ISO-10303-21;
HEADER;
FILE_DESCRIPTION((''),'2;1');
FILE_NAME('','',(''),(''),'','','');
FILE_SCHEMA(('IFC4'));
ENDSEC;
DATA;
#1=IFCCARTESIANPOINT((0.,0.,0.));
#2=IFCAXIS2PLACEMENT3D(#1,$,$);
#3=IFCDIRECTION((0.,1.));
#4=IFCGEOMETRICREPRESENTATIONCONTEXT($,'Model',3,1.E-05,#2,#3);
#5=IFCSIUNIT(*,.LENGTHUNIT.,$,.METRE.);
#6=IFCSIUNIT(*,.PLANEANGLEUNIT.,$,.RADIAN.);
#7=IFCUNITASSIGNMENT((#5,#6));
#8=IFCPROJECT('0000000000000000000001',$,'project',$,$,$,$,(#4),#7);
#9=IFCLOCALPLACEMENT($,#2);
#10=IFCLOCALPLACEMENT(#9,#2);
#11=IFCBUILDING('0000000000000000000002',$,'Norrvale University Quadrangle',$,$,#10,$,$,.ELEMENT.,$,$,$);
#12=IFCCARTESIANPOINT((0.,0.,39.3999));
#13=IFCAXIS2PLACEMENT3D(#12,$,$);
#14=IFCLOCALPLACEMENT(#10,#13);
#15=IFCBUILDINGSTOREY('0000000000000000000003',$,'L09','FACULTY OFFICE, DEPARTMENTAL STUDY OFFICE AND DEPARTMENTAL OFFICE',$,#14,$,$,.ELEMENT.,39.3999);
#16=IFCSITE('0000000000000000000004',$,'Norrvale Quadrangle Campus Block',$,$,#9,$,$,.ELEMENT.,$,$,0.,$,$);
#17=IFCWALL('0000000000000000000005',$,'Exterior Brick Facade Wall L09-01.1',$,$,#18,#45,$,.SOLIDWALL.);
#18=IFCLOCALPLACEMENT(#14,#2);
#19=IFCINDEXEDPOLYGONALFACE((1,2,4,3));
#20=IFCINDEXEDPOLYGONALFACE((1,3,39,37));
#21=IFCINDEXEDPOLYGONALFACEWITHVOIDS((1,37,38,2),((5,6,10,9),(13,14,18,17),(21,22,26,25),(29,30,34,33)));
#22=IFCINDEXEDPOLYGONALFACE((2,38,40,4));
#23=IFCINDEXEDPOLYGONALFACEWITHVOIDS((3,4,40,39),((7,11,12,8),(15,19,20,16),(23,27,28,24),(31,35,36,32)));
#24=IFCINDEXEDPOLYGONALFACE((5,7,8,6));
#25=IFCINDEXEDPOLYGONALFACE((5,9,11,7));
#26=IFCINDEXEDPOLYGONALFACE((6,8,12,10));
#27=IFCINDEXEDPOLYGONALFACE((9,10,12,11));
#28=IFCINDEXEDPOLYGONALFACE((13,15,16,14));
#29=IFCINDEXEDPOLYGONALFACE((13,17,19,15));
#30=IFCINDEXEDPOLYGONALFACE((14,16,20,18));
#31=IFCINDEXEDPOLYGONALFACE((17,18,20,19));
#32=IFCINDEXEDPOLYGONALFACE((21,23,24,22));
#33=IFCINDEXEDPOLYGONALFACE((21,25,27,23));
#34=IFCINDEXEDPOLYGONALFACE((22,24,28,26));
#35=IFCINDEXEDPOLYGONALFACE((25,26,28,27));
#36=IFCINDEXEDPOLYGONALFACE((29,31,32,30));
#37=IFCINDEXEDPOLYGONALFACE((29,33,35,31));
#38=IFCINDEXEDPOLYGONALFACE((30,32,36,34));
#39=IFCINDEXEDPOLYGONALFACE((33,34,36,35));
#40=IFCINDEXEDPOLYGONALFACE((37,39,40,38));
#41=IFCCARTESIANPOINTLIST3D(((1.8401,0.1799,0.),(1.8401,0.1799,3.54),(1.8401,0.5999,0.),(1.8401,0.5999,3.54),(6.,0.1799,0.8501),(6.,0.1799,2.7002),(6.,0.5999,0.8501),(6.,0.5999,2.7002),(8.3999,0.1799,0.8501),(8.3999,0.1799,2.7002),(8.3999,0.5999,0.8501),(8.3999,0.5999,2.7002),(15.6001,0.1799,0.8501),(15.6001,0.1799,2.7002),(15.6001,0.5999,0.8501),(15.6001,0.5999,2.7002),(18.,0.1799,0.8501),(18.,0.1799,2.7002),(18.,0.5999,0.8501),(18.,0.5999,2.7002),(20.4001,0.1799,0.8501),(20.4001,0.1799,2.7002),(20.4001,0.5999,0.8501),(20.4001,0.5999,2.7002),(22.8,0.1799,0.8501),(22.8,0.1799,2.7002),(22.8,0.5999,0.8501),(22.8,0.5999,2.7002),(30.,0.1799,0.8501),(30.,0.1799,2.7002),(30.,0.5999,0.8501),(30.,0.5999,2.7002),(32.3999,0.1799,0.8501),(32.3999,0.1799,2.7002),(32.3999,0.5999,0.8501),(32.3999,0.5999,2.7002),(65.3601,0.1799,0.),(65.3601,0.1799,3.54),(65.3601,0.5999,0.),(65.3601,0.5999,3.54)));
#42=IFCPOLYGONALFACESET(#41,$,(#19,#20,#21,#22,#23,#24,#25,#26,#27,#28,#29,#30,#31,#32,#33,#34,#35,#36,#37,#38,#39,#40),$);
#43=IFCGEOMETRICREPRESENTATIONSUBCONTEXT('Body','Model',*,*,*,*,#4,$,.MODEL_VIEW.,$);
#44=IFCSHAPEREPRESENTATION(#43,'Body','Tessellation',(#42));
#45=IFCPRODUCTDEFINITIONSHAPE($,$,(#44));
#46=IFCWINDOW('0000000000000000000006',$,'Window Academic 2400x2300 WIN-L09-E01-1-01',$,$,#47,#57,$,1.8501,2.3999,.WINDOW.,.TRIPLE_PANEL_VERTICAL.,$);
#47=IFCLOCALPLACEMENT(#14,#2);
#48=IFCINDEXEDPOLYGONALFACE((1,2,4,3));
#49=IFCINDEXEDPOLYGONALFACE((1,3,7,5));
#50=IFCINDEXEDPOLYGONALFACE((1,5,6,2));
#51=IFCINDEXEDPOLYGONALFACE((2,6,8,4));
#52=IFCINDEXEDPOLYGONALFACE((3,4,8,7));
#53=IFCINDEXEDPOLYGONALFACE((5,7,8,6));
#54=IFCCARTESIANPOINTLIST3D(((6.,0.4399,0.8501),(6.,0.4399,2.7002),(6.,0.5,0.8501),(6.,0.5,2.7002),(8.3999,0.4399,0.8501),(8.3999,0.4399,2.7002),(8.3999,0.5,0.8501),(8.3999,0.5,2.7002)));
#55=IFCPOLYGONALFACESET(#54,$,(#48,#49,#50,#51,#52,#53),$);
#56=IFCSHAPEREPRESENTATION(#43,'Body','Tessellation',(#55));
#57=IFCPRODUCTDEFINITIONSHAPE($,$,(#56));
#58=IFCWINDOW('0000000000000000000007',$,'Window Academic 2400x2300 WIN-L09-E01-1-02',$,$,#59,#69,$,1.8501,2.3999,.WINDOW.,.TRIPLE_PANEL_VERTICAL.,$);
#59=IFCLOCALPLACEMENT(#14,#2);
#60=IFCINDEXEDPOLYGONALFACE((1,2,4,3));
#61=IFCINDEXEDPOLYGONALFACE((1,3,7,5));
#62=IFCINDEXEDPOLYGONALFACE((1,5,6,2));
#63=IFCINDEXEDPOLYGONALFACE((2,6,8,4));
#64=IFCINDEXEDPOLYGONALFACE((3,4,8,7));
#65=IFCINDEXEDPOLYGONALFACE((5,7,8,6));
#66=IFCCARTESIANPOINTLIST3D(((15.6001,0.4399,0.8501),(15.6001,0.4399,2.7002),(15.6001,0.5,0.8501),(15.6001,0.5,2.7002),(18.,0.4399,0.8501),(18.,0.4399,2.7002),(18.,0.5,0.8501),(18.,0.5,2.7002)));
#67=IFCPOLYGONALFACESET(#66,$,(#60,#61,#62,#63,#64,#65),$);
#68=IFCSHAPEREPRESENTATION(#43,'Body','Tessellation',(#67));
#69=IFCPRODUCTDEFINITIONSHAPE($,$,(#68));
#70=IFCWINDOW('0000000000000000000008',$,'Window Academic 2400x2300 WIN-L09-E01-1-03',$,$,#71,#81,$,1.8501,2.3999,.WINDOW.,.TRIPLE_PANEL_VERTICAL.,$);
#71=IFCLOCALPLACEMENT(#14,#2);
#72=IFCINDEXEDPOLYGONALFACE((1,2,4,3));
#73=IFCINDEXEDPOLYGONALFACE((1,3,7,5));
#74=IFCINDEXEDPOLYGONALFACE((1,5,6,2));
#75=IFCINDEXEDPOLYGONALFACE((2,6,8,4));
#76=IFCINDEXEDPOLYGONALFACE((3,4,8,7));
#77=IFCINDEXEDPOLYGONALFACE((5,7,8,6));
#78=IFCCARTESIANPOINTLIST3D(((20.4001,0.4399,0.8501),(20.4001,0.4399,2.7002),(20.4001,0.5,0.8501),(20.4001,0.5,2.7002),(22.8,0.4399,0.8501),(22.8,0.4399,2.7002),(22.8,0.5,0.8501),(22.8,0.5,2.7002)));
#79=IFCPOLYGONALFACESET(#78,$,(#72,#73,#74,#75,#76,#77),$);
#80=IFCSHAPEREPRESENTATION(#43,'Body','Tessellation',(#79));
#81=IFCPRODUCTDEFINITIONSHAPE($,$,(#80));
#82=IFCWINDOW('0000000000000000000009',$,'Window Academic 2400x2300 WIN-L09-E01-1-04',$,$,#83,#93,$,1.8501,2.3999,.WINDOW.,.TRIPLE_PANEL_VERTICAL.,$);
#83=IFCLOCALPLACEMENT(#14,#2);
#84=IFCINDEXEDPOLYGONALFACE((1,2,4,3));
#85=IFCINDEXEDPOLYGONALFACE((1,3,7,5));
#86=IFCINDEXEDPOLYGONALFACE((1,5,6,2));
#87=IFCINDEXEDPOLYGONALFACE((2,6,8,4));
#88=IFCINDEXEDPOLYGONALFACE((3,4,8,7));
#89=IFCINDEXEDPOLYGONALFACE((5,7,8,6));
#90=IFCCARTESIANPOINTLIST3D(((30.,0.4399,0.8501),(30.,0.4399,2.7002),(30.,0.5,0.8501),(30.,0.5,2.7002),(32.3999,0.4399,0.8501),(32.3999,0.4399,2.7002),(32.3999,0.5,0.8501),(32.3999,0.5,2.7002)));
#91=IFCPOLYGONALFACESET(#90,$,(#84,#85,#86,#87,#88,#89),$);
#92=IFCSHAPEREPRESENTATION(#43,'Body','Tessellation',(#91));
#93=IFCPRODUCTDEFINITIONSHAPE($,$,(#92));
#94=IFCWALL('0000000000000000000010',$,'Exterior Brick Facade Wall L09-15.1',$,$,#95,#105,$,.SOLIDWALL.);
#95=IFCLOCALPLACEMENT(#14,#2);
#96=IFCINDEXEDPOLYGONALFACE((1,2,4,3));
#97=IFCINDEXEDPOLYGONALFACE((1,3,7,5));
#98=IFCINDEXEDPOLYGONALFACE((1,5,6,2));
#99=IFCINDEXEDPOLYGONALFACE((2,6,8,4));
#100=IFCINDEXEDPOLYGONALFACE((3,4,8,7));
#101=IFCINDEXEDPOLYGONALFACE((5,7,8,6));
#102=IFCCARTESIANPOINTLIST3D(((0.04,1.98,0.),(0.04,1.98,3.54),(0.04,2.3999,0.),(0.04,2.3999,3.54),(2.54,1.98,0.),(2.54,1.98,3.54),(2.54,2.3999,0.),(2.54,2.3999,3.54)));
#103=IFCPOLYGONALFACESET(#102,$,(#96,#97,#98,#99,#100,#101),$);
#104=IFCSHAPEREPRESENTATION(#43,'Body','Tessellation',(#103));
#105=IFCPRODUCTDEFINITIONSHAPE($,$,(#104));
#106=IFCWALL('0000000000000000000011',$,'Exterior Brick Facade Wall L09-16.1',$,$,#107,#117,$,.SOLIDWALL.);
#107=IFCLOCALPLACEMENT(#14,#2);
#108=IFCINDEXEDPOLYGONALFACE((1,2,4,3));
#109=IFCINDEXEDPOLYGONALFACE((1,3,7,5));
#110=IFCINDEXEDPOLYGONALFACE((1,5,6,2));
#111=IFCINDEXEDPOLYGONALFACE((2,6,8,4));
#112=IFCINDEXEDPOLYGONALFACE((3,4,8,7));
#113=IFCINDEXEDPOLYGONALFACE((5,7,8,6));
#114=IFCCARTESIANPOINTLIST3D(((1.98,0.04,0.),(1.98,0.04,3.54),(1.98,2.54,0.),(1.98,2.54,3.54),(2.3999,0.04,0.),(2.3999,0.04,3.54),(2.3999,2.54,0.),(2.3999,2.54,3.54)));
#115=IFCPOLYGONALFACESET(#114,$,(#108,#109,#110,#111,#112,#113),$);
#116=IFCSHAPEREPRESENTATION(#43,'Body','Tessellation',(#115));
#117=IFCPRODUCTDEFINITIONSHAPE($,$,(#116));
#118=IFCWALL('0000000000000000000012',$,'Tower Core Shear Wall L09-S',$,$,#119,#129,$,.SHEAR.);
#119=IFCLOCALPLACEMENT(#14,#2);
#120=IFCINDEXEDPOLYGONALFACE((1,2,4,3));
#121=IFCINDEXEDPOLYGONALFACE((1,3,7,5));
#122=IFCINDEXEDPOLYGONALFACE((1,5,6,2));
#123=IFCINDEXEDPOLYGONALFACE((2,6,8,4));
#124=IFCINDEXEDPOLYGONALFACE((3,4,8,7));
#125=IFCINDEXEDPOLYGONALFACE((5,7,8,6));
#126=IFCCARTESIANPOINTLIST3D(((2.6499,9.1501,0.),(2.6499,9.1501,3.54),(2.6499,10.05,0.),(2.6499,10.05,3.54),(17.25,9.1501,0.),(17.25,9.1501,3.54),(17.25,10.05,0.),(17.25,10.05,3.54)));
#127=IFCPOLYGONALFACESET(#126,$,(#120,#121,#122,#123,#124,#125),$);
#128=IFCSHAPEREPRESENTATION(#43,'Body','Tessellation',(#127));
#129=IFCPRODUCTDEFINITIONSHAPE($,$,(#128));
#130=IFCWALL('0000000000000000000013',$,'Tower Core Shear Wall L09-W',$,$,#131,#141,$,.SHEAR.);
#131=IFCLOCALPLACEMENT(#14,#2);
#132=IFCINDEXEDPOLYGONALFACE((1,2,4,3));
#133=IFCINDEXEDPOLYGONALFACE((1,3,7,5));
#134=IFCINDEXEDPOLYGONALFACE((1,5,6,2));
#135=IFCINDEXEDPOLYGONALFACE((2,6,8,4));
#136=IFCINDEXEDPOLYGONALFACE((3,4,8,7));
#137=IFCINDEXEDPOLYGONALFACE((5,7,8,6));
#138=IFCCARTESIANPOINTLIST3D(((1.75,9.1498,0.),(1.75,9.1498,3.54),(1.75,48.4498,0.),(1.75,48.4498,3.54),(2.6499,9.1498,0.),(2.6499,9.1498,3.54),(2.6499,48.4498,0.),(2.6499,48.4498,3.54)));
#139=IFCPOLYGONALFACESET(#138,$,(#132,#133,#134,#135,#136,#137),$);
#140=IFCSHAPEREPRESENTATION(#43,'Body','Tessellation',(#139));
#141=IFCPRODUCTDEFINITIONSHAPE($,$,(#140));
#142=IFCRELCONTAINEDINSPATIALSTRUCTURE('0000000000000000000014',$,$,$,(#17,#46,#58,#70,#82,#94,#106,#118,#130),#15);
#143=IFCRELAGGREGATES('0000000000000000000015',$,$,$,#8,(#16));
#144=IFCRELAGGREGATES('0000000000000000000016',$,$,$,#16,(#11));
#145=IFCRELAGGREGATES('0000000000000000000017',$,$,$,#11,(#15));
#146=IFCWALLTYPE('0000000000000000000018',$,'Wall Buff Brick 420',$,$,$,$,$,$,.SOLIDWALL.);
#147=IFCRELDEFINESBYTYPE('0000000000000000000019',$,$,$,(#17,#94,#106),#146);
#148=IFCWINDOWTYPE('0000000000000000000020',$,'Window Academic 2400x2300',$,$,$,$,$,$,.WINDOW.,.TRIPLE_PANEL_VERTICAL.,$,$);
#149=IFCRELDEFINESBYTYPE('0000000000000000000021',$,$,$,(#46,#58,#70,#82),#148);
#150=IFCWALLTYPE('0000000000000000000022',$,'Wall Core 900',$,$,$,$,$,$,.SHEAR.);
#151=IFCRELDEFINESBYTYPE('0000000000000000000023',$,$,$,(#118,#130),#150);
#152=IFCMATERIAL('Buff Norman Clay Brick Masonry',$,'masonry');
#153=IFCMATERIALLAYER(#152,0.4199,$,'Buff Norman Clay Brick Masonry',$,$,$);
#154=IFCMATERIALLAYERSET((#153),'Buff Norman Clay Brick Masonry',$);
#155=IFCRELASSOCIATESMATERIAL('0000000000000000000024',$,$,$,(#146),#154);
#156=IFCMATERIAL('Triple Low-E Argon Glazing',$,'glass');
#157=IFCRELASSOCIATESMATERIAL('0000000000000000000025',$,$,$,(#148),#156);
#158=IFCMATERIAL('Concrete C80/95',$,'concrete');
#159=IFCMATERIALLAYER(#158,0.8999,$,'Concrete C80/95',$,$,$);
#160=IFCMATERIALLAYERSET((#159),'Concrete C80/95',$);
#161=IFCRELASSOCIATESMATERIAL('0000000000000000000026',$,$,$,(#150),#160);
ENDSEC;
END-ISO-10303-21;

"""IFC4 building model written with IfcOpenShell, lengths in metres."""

from ifc_helpers import new_model, si_unit, direction, frame, frame_2d, origin, place, context, subcontext, project, spatial, rectangle, extrude, material, layer, layer_set, type_object, element, fill, save


model = new_model("IFC4")

# Units and contexts
model_context = context("Model", 3, precision=1e-05, world=origin(), true_north=direction((0.0, 1.0)))
body_context = subcontext(model_context, "Body", "Model", "MODEL_VIEW")
ifc_project = project(units=[si_unit("LENGTHUNIT", "METRE"), si_unit("PLANEANGLEUNIT", "RADIAN")], contexts=[model_context])

# Site, building, storey
site_placement = place(None, origin())
site = spatial("IfcSite", under=ifc_project, at=site_placement, Name="Norrvale Quadrangle Campus Block", CompositionType="ELEMENT", RefElevation=0.0)
building_placement = place(site_placement, origin())
building = spatial("IfcBuilding", under=site, at=building_placement, Name="Norrvale University Quadrangle", CompositionType="ELEMENT")
storey_placement = place(building_placement, frame((0.0, 0.0, 39.3999)))
storey = spatial("IfcBuildingStorey", under=building, at=storey_placement, Name="L09", Description="FACULTY OFFICE, DEPARTMENTAL STUDY OFFICE AND DEPARTMENTAL OFFICE", CompositionType="ELEMENT", Elevation=39.3999)

# Shared definitions
ifc_material_1 = material(Name="Concrete C80/95", Category="concrete")

# Wall, openings, windows
ifc_material_2 = material(Name="Buff Norman Clay Brick Masonry", Category="masonry")
ifc_layer_1 = layer(ifc_material_2, 0.4199, Name="Buff Norman Clay Brick Masonry")
ifc_layer_set_1 = layer_set([ifc_layer_1], Name="Buff Norman Clay Brick Masonry")
wall_type_1 = type_object("IfcWallType", Name="Wall Buff Brick 420", PredefinedType="SOLIDWALL", material=ifc_layer_set_1)
wall_1_placement = place(storey_placement, frame((1.8401, 0.3899, 0.0), z_axis=(0.0, 0.0, 1.0), x_axis=(1.0, 0.0, 0.0)))
wall_1 = element("IfcWall", 1, at=wall_1_placement, inside=storey, type_object=wall_type_1, Name="Exterior Brick Facade Wall L09-01.1", PredefinedType="SOLIDWALL", context=body_context, shape_type="SweptSolid", body=[
    extrude(rectangle(XDim=63.52, YDim=0.4199, at=frame_2d((31.76, 0.0))), origin(), (0.0, 0.0, 1.0), 3.54),
])
opening_1_placement = place(wall_1_placement, frame((4.1599, 0.0, 0.8501)))
opening_1 = element("IfcOpeningElement", 2, at=opening_1_placement, cuts=wall_1, PredefinedType="OPENING", context=body_context, shape_type="SweptSolid", body=[
    extrude(rectangle(XDim=2.3999, YDim=1.8501, at=frame_2d((1.2, 0.925))), frame((0.0, 0.2219, 0.0), z_axis=(0.0, -1.0, 0.0), x_axis=(1.0, 0.0, 0.0)), (0.0, 0.0, 1.0), 0.4438),
])
opening_2_placement = place(wall_1_placement, frame((13.76, 0.0, 0.8501)))
opening_2 = element("IfcOpeningElement", 3, at=opening_2_placement, cuts=wall_1, PredefinedType="OPENING", context=body_context, shape_type="SweptSolid", body=[
    extrude(rectangle(XDim=2.3999, YDim=1.8501, at=frame_2d((1.2, 0.925))), frame((0.0, 0.2219, 0.0), z_axis=(0.0, -1.0, 0.0), x_axis=(1.0, 0.0, 0.0)), (0.0, 0.0, 1.0), 0.4438),
])
opening_3_placement = place(wall_1_placement, frame((18.5601, 0.0, 0.8501)))
opening_3 = element("IfcOpeningElement", 4, at=opening_3_placement, cuts=wall_1, PredefinedType="OPENING", context=body_context, shape_type="SweptSolid", body=[
    extrude(rectangle(XDim=2.3999, YDim=1.8501, at=frame_2d((1.2, 0.925))), frame((0.0, 0.2219, 0.0), z_axis=(0.0, -1.0, 0.0), x_axis=(1.0, 0.0, 0.0)), (0.0, 0.0, 1.0), 0.4438),
])
opening_4_placement = place(wall_1_placement, frame((28.1599, 0.0, 0.8501)))
opening_4 = element("IfcOpeningElement", 5, at=opening_4_placement, cuts=wall_1, PredefinedType="OPENING", context=body_context, shape_type="SweptSolid", body=[
    extrude(rectangle(XDim=2.3999, YDim=1.8501, at=frame_2d((1.2, 0.925))), frame((0.0, 0.2219, 0.0), z_axis=(0.0, -1.0, 0.0), x_axis=(1.0, 0.0, 0.0)), (0.0, 0.0, 1.0), 0.4438),
])
ifc_material_3 = material(Name="Triple Low-E Argon Glazing", Category="glass")
window_type = type_object("IfcWindowType", Name="Window Academic 2400x2300", PartitioningType="TRIPLE_PANEL_VERTICAL", PredefinedType="WINDOW", material=ifc_material_3)
window_1_placement = place(opening_1_placement, origin())
window_1 = element("IfcWindow", 6, at=window_1_placement, inside=storey, type_object=window_type, Name="Window Academic 2400x2300 WIN-L09-E01-1-01", OverallHeight=1.8501, OverallWidth=2.3999, PartitioningType="TRIPLE_PANEL_VERTICAL", PredefinedType="WINDOW", context=body_context, shape_type="SweptSolid", body=[
    extrude(rectangle(XDim=2.3999, YDim=1.8501, at=frame_2d((1.2, 0.925))), frame((0.0, 0.1101, 0.0), z_axis=(0.0, -1.0, 0.0), x_axis=(1.0, 0.0, 0.0)), (0.0, 0.0, 1.0), 0.0601),
])
fill(opening_1, window_1)
window_2_placement = place(opening_2_placement, origin())
window_2 = element("IfcWindow", 7, at=window_2_placement, inside=storey, type_object=window_type, Name="Window Academic 2400x2300 WIN-L09-E01-1-02", OverallHeight=1.8501, OverallWidth=2.3999, PartitioningType="TRIPLE_PANEL_VERTICAL", PredefinedType="WINDOW", context=body_context, shape_type="SweptSolid", body=[
    extrude(rectangle(XDim=2.3999, YDim=1.8501, at=frame_2d((1.2, 0.925))), frame((0.0, 0.1101, 0.0), z_axis=(0.0, -1.0, 0.0), x_axis=(1.0, 0.0, 0.0)), (0.0, 0.0, 1.0), 0.0601),
])
fill(opening_2, window_2)
window_3_placement = place(opening_3_placement, origin())
window_3 = element("IfcWindow", 8, at=window_3_placement, inside=storey, type_object=window_type, Name="Window Academic 2400x2300 WIN-L09-E01-1-03", OverallHeight=1.8501, OverallWidth=2.3999, PartitioningType="TRIPLE_PANEL_VERTICAL", PredefinedType="WINDOW", context=body_context, shape_type="SweptSolid", body=[
    extrude(rectangle(XDim=2.3999, YDim=1.8501, at=frame_2d((1.2, 0.925))), frame((0.0, 0.1101, 0.0), z_axis=(0.0, -1.0, 0.0), x_axis=(1.0, 0.0, 0.0)), (0.0, 0.0, 1.0), 0.0601),
])
fill(opening_3, window_3)
window_4_placement = place(opening_4_placement, origin())
window_4 = element("IfcWindow", 9, at=window_4_placement, inside=storey, type_object=window_type, Name="Window Academic 2400x2300 WIN-L09-E01-1-04", OverallHeight=1.8501, OverallWidth=2.3999, PartitioningType="TRIPLE_PANEL_VERTICAL", PredefinedType="WINDOW", context=body_context, shape_type="SweptSolid", body=[
    extrude(rectangle(XDim=2.3999, YDim=1.8501, at=frame_2d((1.2, 0.925))), frame((0.0, 0.1101, 0.0), z_axis=(0.0, -1.0, 0.0), x_axis=(1.0, 0.0, 0.0)), (0.0, 0.0, 1.0), 0.0601),
])
fill(opening_4, window_4)

# Walls
for number, where, z_axis, x_axis, name in (
    (10, (0.04, 2.1899, 0.0), (0.0, 0.0, 1.0), (1.0, 0.0, 0.0), "Exterior Brick Facade Wall L09-15.1"),
    (11, (2.1899, 2.54, 0.0), (0.0, 0.0, 1.0), (0.0, -1.0, 0.0), "Exterior Brick Facade Wall L09-16.1"),
):
    element("IfcWall", number, at=place(storey_placement, frame(where, z_axis=z_axis, x_axis=x_axis)), inside=storey, type_object=wall_type_1, Name=name, PredefinedType="SOLIDWALL", context=body_context, shape_type="SweptSolid", body=[
        extrude(rectangle(XDim=2.5, YDim=0.4199, at=frame_2d((1.25, 0.0))), origin(), (0.0, 0.0, 1.0), 3.54),
    ])
ifc_layer_2 = layer(ifc_material_1, 0.8999, Name="Concrete C80/95")
ifc_layer_set_2 = layer_set([ifc_layer_2], Name="Concrete C80/95")
wall_type_2 = type_object("IfcWallType", Name="Wall Core 900", PredefinedType="SHEAR", material=ifc_layer_set_2)
wall_2_placement = place(storey_placement, frame((2.6499, 9.6001, 0.0), z_axis=(0.0, 0.0, 1.0), x_axis=(1.0, 0.0, 0.0)))
element("IfcWall", 12, at=wall_2_placement, inside=storey, type_object=wall_type_2, Name="Tower Core Shear Wall L09-S", PredefinedType="SHEAR", context=body_context, shape_type="SweptSolid", body=[
    extrude(rectangle(XDim=14.6001, YDim=0.8999, at=frame_2d((7.3, 0.0))), origin(), (0.0, 0.0, 1.0), 3.54),
])
wall_3_placement = place(storey_placement, frame((2.2, 9.1499, 0.0), z_axis=(0.0, 0.0, 1.0), x_axis=(0.0, 1.0, 0.0)))
element("IfcWall", 13, at=wall_3_placement, inside=storey, type_object=wall_type_2, Name="Tower Core Shear Wall L09-W", PredefinedType="SHEAR", context=body_context, shape_type="SweptSolid", body=[
    extrude(rectangle(XDim=39.3, YDim=0.8999, at=frame_2d((19.6499, 0.0))), origin(), (0.0, 0.0, 1.0), 3.54),
])

save(model, "model.ifc")
